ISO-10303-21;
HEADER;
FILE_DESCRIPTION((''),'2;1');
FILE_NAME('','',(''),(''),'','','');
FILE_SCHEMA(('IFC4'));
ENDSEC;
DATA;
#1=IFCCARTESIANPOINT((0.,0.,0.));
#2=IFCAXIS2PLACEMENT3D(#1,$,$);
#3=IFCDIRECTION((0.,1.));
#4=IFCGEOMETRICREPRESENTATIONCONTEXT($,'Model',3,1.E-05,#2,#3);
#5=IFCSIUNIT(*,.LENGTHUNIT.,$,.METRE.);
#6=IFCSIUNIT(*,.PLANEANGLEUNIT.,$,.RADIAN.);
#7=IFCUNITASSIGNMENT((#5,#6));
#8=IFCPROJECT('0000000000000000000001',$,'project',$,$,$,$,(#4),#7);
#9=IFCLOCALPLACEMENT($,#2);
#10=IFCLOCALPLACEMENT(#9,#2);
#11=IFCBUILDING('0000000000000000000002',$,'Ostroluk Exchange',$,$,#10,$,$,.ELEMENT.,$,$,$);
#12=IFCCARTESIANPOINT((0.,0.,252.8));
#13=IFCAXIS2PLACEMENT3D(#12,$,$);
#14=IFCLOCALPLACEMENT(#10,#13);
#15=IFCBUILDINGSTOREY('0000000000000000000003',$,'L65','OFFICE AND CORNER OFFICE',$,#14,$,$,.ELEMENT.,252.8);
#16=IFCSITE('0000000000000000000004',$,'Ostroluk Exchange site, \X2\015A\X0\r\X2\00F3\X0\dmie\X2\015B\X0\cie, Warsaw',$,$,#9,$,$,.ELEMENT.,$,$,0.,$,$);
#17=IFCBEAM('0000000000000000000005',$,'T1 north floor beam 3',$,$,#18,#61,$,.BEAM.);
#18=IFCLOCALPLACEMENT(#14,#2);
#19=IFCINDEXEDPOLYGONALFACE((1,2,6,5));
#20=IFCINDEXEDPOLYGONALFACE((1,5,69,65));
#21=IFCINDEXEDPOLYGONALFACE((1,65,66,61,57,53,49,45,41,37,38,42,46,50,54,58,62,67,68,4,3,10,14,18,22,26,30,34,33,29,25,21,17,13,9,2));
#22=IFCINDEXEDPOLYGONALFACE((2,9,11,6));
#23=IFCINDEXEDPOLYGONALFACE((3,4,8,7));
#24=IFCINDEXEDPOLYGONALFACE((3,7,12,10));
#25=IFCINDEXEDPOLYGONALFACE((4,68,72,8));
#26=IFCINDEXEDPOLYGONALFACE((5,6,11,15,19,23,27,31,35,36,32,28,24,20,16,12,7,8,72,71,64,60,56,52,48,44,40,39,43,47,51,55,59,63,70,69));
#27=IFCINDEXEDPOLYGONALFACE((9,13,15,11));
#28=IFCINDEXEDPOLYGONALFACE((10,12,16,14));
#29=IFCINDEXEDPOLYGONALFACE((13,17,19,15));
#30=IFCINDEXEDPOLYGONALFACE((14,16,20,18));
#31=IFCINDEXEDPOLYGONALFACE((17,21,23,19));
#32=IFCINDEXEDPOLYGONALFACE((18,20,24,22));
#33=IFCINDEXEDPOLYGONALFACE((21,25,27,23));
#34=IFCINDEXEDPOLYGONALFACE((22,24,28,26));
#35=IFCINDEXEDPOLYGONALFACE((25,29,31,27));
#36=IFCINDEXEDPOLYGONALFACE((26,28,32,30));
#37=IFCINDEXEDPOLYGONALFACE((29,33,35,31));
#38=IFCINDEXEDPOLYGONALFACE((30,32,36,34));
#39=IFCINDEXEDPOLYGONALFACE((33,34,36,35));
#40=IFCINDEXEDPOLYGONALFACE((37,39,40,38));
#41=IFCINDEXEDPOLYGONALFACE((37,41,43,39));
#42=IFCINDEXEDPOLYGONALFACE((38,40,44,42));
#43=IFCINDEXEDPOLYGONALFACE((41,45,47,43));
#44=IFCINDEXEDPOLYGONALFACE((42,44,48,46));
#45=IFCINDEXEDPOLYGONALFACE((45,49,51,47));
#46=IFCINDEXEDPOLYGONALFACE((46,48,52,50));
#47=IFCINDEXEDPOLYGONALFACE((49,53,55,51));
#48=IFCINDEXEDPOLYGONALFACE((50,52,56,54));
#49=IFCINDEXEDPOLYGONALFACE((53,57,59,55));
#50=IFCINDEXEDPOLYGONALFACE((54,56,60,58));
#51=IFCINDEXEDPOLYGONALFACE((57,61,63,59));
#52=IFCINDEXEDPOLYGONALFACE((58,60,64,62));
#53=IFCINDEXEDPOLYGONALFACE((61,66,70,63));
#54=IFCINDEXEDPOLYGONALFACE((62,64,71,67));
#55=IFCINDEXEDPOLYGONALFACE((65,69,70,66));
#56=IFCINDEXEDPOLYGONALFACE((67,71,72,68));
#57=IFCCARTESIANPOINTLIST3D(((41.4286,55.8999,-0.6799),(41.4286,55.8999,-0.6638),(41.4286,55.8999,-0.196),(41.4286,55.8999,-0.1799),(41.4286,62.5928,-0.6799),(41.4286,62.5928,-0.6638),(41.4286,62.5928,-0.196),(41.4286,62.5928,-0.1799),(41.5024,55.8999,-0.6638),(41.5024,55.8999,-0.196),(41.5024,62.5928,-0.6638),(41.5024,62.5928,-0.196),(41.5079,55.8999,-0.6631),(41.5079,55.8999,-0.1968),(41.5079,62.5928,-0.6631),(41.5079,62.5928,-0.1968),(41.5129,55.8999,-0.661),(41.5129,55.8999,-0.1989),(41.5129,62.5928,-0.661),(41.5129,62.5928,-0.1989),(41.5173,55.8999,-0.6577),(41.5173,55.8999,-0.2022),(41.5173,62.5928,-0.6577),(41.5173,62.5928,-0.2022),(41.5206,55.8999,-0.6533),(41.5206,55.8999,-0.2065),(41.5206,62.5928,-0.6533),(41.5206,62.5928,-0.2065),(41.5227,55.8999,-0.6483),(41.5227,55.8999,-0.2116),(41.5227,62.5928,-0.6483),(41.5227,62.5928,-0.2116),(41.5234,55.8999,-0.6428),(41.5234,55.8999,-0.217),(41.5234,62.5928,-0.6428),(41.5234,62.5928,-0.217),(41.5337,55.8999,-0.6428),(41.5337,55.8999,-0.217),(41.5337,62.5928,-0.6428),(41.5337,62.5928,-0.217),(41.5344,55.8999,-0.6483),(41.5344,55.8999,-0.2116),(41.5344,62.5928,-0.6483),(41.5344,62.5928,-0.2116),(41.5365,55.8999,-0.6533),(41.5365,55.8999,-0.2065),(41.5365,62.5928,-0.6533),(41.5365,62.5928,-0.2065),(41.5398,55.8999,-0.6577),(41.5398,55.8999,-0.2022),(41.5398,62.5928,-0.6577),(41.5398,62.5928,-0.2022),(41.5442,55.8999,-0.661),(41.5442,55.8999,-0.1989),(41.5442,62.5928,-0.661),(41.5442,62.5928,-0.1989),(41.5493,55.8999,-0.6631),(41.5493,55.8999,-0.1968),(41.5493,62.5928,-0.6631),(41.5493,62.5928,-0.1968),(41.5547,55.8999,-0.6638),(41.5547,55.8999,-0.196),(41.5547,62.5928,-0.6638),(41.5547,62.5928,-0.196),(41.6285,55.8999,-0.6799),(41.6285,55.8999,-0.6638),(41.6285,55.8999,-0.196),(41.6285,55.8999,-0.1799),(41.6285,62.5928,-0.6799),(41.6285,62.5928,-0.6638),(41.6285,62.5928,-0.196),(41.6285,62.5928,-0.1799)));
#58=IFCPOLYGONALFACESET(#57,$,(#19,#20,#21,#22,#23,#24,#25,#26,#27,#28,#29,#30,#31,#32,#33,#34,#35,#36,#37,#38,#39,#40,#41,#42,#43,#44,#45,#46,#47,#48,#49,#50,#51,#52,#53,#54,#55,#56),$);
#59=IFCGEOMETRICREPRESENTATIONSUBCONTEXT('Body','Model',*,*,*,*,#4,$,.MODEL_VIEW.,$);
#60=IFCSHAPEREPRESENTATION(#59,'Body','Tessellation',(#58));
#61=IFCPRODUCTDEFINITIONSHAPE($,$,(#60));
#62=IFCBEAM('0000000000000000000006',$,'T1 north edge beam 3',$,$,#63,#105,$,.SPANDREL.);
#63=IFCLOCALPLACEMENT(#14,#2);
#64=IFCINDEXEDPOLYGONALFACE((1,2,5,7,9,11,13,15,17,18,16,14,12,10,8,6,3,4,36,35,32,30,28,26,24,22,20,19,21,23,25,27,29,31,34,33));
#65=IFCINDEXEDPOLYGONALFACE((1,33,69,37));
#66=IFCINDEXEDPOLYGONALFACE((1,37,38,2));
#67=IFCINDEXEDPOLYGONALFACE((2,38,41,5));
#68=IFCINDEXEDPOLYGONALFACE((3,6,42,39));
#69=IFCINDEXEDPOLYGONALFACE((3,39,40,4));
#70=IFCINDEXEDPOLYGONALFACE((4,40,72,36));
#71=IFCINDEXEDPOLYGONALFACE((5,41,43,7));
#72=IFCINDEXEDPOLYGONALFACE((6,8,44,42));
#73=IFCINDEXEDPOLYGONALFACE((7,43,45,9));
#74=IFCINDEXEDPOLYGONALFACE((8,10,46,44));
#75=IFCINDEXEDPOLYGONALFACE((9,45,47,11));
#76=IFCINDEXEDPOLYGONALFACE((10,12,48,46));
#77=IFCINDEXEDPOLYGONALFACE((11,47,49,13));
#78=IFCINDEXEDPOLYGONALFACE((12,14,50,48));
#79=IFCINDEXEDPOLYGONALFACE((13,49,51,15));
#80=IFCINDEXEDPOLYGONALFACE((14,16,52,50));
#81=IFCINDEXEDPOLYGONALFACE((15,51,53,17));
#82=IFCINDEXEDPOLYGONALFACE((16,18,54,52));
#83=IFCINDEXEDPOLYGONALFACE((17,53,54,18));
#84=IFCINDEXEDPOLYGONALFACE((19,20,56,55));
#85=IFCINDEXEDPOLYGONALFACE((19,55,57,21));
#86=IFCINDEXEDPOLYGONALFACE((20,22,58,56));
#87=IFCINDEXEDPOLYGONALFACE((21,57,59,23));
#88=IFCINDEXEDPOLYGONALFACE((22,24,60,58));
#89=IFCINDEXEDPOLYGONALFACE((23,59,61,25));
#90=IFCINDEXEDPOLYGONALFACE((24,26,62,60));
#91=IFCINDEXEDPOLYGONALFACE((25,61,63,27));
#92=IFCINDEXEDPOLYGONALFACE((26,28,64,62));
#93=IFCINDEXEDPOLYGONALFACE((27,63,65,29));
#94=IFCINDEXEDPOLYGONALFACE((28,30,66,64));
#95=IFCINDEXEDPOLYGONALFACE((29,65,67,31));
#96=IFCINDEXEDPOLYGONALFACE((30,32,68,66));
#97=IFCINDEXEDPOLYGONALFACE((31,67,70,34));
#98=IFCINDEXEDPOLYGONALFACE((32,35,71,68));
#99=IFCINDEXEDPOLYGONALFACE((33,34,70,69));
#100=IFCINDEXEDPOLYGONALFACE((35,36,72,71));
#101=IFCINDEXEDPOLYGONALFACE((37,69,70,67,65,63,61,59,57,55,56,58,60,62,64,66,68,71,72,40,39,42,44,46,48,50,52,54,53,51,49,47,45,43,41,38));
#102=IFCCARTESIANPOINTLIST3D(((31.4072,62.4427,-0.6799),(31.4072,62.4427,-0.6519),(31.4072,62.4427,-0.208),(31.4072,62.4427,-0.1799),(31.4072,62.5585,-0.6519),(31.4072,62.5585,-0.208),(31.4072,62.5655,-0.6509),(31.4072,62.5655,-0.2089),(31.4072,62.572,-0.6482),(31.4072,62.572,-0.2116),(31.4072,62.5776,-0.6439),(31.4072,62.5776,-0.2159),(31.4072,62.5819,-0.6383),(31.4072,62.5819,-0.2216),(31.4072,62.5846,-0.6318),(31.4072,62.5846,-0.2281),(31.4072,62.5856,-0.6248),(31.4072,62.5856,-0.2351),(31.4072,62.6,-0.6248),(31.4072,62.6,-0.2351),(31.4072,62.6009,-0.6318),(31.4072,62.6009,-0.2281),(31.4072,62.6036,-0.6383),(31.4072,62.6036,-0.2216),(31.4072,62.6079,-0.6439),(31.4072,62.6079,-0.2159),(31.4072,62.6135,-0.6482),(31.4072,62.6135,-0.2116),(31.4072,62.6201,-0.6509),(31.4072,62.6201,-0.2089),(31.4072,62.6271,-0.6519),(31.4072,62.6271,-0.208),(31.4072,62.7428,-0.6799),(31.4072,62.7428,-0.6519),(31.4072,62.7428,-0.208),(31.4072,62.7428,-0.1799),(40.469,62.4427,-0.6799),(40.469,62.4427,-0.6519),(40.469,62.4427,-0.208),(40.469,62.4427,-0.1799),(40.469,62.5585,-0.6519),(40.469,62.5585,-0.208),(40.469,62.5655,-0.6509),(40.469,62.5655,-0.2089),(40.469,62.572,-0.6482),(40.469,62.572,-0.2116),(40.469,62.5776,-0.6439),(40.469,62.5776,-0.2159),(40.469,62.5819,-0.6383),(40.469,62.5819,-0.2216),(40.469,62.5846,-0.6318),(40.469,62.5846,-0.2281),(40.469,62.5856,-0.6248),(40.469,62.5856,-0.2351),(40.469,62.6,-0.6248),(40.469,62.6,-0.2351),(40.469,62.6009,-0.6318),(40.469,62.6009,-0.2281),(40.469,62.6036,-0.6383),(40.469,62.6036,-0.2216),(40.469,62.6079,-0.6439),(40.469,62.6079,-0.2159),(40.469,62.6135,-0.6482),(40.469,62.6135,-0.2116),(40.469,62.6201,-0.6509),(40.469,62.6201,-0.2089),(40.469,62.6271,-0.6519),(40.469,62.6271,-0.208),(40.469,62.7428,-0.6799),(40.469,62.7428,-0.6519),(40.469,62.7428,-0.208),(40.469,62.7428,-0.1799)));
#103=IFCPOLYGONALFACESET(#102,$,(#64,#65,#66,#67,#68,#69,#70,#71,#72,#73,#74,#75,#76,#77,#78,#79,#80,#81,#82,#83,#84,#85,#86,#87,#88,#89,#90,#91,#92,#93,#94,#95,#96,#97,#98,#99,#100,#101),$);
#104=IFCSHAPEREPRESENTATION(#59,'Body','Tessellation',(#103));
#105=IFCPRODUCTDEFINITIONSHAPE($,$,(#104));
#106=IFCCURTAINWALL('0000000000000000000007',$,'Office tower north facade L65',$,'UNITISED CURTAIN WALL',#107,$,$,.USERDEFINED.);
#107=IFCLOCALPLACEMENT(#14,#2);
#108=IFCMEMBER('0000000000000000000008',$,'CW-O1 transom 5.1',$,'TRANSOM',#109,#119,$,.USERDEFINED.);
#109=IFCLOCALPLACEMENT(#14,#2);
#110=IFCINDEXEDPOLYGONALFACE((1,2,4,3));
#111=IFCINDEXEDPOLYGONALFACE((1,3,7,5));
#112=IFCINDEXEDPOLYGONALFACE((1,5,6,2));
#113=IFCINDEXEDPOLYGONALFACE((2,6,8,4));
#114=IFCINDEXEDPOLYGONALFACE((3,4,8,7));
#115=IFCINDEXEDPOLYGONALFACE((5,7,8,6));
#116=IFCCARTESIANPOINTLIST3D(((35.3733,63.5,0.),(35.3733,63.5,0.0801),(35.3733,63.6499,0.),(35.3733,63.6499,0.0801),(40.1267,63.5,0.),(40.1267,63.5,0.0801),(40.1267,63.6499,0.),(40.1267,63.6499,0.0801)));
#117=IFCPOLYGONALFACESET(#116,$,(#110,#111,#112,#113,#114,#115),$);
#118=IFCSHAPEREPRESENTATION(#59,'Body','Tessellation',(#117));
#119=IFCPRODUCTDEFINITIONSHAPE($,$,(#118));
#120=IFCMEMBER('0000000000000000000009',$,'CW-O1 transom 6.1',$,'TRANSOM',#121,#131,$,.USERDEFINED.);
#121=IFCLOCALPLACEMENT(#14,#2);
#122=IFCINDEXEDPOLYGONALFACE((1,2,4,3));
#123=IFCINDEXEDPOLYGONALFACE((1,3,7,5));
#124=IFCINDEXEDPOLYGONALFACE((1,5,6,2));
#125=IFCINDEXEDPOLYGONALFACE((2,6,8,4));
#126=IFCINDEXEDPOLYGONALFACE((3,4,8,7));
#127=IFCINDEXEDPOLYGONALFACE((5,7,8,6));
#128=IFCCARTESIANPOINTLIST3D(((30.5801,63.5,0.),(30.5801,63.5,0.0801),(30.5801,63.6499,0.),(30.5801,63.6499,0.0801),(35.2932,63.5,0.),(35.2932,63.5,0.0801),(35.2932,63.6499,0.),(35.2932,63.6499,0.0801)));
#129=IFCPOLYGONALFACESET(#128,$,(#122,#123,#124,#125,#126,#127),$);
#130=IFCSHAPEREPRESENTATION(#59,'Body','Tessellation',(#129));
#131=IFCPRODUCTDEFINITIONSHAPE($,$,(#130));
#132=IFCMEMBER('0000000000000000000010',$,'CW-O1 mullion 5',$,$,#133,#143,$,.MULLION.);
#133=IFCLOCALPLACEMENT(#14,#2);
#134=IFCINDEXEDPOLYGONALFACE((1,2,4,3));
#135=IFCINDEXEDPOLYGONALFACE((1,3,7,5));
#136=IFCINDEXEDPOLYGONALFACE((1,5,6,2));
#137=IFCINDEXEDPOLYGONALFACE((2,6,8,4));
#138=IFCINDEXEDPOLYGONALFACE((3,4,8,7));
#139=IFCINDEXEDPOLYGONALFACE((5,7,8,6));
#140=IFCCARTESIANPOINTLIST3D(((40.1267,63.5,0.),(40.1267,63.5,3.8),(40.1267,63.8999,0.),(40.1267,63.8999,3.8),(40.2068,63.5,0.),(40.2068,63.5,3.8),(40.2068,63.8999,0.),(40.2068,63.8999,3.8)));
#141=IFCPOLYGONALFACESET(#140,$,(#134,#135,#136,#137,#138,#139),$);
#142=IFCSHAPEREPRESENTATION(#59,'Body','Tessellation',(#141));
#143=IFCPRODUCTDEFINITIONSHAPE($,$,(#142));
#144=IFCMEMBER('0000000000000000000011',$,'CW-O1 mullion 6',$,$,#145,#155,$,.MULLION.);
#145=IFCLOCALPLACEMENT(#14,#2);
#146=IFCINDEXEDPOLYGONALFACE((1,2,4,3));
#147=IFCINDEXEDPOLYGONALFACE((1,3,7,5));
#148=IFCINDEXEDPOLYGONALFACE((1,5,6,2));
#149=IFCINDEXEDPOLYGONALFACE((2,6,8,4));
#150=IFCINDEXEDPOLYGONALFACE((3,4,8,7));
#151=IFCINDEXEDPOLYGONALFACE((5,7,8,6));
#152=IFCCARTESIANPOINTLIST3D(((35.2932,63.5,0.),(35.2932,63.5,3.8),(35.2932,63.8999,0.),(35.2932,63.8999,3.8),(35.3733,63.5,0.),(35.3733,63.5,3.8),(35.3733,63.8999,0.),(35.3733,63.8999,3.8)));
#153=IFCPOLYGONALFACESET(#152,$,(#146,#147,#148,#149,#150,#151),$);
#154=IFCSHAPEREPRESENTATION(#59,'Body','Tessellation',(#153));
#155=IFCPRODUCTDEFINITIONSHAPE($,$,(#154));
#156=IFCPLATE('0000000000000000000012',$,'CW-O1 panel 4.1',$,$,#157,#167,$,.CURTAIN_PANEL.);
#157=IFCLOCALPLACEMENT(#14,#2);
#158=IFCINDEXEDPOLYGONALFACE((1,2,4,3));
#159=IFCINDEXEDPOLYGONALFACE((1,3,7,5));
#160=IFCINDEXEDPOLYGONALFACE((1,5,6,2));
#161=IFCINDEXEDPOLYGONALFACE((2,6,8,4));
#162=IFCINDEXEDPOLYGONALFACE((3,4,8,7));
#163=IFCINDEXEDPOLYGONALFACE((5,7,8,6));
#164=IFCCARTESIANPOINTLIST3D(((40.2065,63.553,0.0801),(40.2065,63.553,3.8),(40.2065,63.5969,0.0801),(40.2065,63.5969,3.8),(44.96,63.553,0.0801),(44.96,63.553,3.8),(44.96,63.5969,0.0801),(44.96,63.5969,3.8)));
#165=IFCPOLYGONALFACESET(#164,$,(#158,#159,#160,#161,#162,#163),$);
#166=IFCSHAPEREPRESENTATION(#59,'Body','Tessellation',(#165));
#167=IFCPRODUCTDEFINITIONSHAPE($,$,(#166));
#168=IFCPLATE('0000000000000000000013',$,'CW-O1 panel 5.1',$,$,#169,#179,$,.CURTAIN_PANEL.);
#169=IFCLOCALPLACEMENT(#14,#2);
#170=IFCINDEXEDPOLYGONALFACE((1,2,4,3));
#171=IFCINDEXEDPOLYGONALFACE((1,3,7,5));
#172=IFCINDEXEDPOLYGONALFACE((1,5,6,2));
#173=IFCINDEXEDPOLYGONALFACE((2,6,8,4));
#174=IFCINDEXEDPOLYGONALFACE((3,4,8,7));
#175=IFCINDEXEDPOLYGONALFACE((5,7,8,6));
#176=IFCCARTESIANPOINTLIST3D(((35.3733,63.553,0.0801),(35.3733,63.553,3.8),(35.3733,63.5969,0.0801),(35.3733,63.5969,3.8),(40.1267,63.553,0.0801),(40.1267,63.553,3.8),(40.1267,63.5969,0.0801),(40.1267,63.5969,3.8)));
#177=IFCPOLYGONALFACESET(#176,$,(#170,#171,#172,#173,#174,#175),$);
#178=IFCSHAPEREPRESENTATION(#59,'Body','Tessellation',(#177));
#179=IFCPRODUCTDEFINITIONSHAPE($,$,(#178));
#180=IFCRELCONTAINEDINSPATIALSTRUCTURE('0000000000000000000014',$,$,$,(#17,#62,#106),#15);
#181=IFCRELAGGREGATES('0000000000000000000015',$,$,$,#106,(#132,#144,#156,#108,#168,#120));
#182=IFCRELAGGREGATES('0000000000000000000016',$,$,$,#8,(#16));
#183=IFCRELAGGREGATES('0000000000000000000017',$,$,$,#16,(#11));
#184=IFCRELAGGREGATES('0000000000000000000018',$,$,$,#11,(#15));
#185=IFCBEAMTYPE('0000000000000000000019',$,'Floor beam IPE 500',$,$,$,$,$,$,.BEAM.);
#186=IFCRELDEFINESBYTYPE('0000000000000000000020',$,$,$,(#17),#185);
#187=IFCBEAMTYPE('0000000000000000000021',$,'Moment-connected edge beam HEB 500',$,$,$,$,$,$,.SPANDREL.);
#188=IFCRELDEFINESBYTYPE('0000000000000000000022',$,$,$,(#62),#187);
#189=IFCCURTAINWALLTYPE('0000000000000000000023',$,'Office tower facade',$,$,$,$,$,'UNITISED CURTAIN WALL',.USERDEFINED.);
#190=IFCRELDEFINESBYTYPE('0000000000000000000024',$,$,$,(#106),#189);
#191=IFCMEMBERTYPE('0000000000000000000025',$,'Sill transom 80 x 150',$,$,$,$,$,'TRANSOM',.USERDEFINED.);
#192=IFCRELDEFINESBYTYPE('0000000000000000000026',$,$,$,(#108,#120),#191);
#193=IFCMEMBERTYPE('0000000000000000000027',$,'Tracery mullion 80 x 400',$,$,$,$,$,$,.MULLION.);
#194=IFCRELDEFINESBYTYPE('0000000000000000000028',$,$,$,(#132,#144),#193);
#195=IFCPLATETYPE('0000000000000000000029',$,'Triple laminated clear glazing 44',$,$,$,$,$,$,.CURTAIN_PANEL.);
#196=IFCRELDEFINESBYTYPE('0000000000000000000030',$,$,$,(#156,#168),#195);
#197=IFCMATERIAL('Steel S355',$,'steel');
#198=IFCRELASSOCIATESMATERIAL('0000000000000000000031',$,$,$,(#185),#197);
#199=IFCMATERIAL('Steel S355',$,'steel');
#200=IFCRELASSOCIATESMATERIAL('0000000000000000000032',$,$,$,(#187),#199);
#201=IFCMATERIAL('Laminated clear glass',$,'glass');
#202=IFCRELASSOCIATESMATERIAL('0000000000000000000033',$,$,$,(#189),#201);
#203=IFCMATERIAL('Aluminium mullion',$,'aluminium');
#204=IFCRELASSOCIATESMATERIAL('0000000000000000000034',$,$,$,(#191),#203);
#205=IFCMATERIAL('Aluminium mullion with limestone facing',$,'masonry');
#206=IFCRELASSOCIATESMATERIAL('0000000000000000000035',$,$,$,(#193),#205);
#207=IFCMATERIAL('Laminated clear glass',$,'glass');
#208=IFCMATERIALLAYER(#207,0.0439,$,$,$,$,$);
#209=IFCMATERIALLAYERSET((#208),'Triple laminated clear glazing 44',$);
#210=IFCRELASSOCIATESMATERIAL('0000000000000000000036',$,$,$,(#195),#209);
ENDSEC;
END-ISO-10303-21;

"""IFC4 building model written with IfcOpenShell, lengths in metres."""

from ifc_helpers import new_model, si_unit, direction, frame, origin, origin_2d, place, context, subcontext, project, spatial, rectangle, i_section, extrude, material, layer, layer_set, material_profile, profile_set, type_object, element, aggregate, save


model = new_model("IFC4")

# Units and contexts
model_context = context("Model", 3, precision=1e-05, world=origin(), true_north=direction((0.0, 1.0)))
body_context = subcontext(model_context, "Body", "Model", "MODEL_VIEW")
ifc_project = project(units=[si_unit("LENGTHUNIT", "METRE"), si_unit("PLANEANGLEUNIT", "RADIAN")], contexts=[model_context])

# Site, building, storey
site_placement = place(None, origin())
site = spatial("IfcSite", under=ifc_project, at=site_placement, Name="Ostroluk Exchange site, Śródmieście, Warsaw", CompositionType="ELEMENT", RefElevation=0.0)
building_placement = place(site_placement, origin())
building = spatial("IfcBuilding", under=site, at=building_placement, Name="Ostroluk Exchange", CompositionType="ELEMENT")
storey_placement = place(building_placement, frame((0.0, 0.0, 252.8)))
storey = spatial("IfcBuildingStorey", under=building, at=storey_placement, Name="L65", Description="OFFICE AND CORNER OFFICE", CompositionType="ELEMENT", Elevation=252.8)

# Beams
ifc_material_1 = material(Name="Steel S355", Category="steel")
ifc_material_profile_1 = material_profile(ifc_material_1, i_section(OverallWidth=0.2, OverallDepth=0.5, WebThickness=0.0103, FlangeThickness=0.0161, FilletRadius=0.021, at=origin_2d()), Name="IPE 500")
ifc_profile_set_1 = profile_set([ifc_material_profile_1], Name="Steel S355")
beam_type_1 = type_object("IfcBeamType", Name="Floor beam IPE 500", PredefinedType="BEAM", material=ifc_profile_set_1)
beam_1_placement = place(storey_placement, frame((41.5286, 55.8999, -0.4299), z_axis=(0.0, 1.0, 0.0), x_axis=(-1.0, 0.0, 0.0)))
element("IfcBeam", 1, at=beam_1_placement, inside=storey, type_object=beam_type_1, Name="T1 north floor beam 3", PredefinedType="BEAM", context=body_context, shape_type="SweptSolid", body=[
    extrude(i_section(OverallWidth=0.2, OverallDepth=0.5, WebThickness=0.0103, FlangeThickness=0.0161, FilletRadius=0.021, at=origin_2d()), origin(), (0.0, 0.0, 1.0), 6.6929),
])
ifc_material_2 = material(Name="Steel S355", Category="steel")
ifc_material_profile_2 = material_profile(ifc_material_2, i_section(OverallWidth=0.3, OverallDepth=0.5, WebThickness=0.0144, FlangeThickness=0.0281, FilletRadius=0.0271, at=origin_2d()), Name="HEB 500")
ifc_profile_set_2 = profile_set([ifc_material_profile_2], Name="Steel S355")
beam_type_2 = type_object("IfcBeamType", Name="Moment-connected edge beam HEB 500", PredefinedType="SPANDREL", material=ifc_profile_set_2)
beam_2_placement = place(storey_placement, frame((40.469, 62.5928, -0.4299), z_axis=(-1.0, 0.0, 0.0), x_axis=(0.0, -1.0, 0.0)))
element("IfcBeam", 2, at=beam_2_placement, inside=storey, type_object=beam_type_2, Name="T1 north edge beam 3", PredefinedType="SPANDREL", context=body_context, shape_type="SweptSolid", body=[
    extrude(i_section(OverallWidth=0.3, OverallDepth=0.5, WebThickness=0.0144, FlangeThickness=0.0281, FilletRadius=0.0271, at=origin_2d()), origin(), (0.0, 0.0, 1.0), 9.0618),
])

# Curtain wall, members, plates
ifc_material_3 = material(Name="Laminated clear glass", Category="glass")
curtain_wall_type = type_object("IfcCurtainWallType", Name="Office tower facade", ElementType="UNITISED CURTAIN WALL", PredefinedType="USERDEFINED", material=ifc_material_3)
curtain_wall_placement = place(storey_placement, origin())
curtain_wall = element("IfcCurtainWall", 3, at=curtain_wall_placement, inside=storey, type_object=curtain_wall_type, Name="Office tower north facade L65", ObjectType="UNITISED CURTAIN WALL", PredefinedType="USERDEFINED")
ifc_material_4 = material(Name="Aluminium mullion", Category="aluminium")
ifc_material_profile_3 = material_profile(ifc_material_4, rectangle(XDim=0.1499, YDim=0.0801, at=origin_2d()), Name="Sill transom 80 x 150")
ifc_profile_set_3 = profile_set([ifc_material_profile_3], Name="Aluminium mullion")
member_type_1 = type_object("IfcMemberType", Name="Sill transom 80 x 150", ElementType="TRANSOM", PredefinedType="USERDEFINED", material=ifc_profile_set_3)
member_1_placement = place(storey_placement, frame((40.1267, 63.575, 0.04), z_axis=(-1.0, 0.0, 0.0), x_axis=(0.0, -1.0, 0.0)))
member_1 = element("IfcMember", 4, at=member_1_placement, type_object=member_type_1, Name="CW-O1 transom 5.1", ObjectType="TRANSOM", PredefinedType="USERDEFINED", context=body_context, shape_type="SweptSolid", body=[
    extrude(rectangle(XDim=0.1499, YDim=0.0801, at=origin_2d()), origin(), (0.0, 0.0, 1.0), 4.7534),
])
member_2_placement = place(storey_placement, frame((35.2932, 63.575, 0.04), z_axis=(-1.0, 0.0, 0.0), x_axis=(0.0, -1.0, 0.0)))
member_2 = element("IfcMember", 5, at=member_2_placement, type_object=member_type_1, Name="CW-O1 transom 6.1", ObjectType="TRANSOM", PredefinedType="USERDEFINED", context=body_context, shape_type="SweptSolid", body=[
    extrude(rectangle(XDim=0.1499, YDim=0.0801, at=origin_2d()), origin(), (0.0, 0.0, 1.0), 4.7131),
])
ifc_material_5 = material(Name="Aluminium mullion with limestone facing", Category="masonry")
ifc_material_profile_4 = material_profile(ifc_material_5, rectangle(XDim=0.3999, YDim=0.0801, at=origin_2d()), Name="Tracery mullion 80 x 400")
ifc_profile_set_4 = profile_set([ifc_material_profile_4], Name="Aluminium mullion with limestone facing")
member_type_2 = type_object("IfcMemberType", Name="Tracery mullion 80 x 400", PredefinedType="MULLION", material=ifc_profile_set_4)
member_3_placement = place(storey_placement, frame((40.1667, 63.7, 0.0), z_axis=(0.0, 0.0, 1.0), x_axis=(0.0, -1.0, 0.0)))
member_3 = element("IfcMember", 6, at=member_3_placement, type_object=member_type_2, Name="CW-O1 mullion 5", PredefinedType="MULLION", context=body_context, shape_type="SweptSolid", body=[
    extrude(rectangle(XDim=0.3999, YDim=0.0801, at=origin_2d()), origin(), (0.0, 0.0, 1.0), 3.8),
])
member_4_placement = place(storey_placement, frame((35.3333, 63.7, 0.0), z_axis=(0.0, 0.0, 1.0), x_axis=(0.0, -1.0, 0.0)))
member_4 = element("IfcMember", 7, at=member_4_placement, type_object=member_type_2, Name="CW-O1 mullion 6", PredefinedType="MULLION", context=body_context, shape_type="SweptSolid", body=[
    extrude(rectangle(XDim=0.3999, YDim=0.0801, at=origin_2d()), origin(), (0.0, 0.0, 1.0), 3.8),
])
ifc_material_6 = material(Name="Laminated clear glass", Category="glass")
ifc_layer_1 = layer(ifc_material_6, 0.0439)
ifc_layer_set_1 = layer_set([ifc_layer_1], Name="Triple laminated clear glazing 44")
plate_type = type_object("IfcPlateType", Name="Triple laminated clear glazing 44", PredefinedType="CURTAIN_PANEL", material=ifc_layer_set_1)
plate_1_placement = place(storey_placement, frame((42.5833, 63.575, 0.0801), z_axis=(0.0, 0.0, 1.0), x_axis=(-1.0, 0.0, 0.0)))
plate_1 = element("IfcPlate", 8, at=plate_1_placement, type_object=plate_type, Name="CW-O1 panel 4.1", PredefinedType="CURTAIN_PANEL", context=body_context, shape_type="SweptSolid", body=[
    extrude(rectangle(XDim=4.7534, YDim=0.0439, at=origin_2d()), origin(), (0.0, 0.0, 1.0), 3.72),
])
plate_2_placement = place(storey_placement, frame((37.75, 63.575, 0.0801), z_axis=(0.0, 0.0, 1.0), x_axis=(-1.0, 0.0, 0.0)))
plate_2 = element("IfcPlate", 9, at=plate_2_placement, type_object=plate_type, Name="CW-O1 panel 5.1", PredefinedType="CURTAIN_PANEL", context=body_context, shape_type="SweptSolid", body=[
    extrude(rectangle(XDim=4.7534, YDim=0.0439, at=origin_2d()), origin(), (0.0, 0.0, 1.0), 3.72),
])
aggregate(curtain_wall, [member_3, member_4, plate_1, member_1, plate_2, member_2])

save(model, "model.ifc")
